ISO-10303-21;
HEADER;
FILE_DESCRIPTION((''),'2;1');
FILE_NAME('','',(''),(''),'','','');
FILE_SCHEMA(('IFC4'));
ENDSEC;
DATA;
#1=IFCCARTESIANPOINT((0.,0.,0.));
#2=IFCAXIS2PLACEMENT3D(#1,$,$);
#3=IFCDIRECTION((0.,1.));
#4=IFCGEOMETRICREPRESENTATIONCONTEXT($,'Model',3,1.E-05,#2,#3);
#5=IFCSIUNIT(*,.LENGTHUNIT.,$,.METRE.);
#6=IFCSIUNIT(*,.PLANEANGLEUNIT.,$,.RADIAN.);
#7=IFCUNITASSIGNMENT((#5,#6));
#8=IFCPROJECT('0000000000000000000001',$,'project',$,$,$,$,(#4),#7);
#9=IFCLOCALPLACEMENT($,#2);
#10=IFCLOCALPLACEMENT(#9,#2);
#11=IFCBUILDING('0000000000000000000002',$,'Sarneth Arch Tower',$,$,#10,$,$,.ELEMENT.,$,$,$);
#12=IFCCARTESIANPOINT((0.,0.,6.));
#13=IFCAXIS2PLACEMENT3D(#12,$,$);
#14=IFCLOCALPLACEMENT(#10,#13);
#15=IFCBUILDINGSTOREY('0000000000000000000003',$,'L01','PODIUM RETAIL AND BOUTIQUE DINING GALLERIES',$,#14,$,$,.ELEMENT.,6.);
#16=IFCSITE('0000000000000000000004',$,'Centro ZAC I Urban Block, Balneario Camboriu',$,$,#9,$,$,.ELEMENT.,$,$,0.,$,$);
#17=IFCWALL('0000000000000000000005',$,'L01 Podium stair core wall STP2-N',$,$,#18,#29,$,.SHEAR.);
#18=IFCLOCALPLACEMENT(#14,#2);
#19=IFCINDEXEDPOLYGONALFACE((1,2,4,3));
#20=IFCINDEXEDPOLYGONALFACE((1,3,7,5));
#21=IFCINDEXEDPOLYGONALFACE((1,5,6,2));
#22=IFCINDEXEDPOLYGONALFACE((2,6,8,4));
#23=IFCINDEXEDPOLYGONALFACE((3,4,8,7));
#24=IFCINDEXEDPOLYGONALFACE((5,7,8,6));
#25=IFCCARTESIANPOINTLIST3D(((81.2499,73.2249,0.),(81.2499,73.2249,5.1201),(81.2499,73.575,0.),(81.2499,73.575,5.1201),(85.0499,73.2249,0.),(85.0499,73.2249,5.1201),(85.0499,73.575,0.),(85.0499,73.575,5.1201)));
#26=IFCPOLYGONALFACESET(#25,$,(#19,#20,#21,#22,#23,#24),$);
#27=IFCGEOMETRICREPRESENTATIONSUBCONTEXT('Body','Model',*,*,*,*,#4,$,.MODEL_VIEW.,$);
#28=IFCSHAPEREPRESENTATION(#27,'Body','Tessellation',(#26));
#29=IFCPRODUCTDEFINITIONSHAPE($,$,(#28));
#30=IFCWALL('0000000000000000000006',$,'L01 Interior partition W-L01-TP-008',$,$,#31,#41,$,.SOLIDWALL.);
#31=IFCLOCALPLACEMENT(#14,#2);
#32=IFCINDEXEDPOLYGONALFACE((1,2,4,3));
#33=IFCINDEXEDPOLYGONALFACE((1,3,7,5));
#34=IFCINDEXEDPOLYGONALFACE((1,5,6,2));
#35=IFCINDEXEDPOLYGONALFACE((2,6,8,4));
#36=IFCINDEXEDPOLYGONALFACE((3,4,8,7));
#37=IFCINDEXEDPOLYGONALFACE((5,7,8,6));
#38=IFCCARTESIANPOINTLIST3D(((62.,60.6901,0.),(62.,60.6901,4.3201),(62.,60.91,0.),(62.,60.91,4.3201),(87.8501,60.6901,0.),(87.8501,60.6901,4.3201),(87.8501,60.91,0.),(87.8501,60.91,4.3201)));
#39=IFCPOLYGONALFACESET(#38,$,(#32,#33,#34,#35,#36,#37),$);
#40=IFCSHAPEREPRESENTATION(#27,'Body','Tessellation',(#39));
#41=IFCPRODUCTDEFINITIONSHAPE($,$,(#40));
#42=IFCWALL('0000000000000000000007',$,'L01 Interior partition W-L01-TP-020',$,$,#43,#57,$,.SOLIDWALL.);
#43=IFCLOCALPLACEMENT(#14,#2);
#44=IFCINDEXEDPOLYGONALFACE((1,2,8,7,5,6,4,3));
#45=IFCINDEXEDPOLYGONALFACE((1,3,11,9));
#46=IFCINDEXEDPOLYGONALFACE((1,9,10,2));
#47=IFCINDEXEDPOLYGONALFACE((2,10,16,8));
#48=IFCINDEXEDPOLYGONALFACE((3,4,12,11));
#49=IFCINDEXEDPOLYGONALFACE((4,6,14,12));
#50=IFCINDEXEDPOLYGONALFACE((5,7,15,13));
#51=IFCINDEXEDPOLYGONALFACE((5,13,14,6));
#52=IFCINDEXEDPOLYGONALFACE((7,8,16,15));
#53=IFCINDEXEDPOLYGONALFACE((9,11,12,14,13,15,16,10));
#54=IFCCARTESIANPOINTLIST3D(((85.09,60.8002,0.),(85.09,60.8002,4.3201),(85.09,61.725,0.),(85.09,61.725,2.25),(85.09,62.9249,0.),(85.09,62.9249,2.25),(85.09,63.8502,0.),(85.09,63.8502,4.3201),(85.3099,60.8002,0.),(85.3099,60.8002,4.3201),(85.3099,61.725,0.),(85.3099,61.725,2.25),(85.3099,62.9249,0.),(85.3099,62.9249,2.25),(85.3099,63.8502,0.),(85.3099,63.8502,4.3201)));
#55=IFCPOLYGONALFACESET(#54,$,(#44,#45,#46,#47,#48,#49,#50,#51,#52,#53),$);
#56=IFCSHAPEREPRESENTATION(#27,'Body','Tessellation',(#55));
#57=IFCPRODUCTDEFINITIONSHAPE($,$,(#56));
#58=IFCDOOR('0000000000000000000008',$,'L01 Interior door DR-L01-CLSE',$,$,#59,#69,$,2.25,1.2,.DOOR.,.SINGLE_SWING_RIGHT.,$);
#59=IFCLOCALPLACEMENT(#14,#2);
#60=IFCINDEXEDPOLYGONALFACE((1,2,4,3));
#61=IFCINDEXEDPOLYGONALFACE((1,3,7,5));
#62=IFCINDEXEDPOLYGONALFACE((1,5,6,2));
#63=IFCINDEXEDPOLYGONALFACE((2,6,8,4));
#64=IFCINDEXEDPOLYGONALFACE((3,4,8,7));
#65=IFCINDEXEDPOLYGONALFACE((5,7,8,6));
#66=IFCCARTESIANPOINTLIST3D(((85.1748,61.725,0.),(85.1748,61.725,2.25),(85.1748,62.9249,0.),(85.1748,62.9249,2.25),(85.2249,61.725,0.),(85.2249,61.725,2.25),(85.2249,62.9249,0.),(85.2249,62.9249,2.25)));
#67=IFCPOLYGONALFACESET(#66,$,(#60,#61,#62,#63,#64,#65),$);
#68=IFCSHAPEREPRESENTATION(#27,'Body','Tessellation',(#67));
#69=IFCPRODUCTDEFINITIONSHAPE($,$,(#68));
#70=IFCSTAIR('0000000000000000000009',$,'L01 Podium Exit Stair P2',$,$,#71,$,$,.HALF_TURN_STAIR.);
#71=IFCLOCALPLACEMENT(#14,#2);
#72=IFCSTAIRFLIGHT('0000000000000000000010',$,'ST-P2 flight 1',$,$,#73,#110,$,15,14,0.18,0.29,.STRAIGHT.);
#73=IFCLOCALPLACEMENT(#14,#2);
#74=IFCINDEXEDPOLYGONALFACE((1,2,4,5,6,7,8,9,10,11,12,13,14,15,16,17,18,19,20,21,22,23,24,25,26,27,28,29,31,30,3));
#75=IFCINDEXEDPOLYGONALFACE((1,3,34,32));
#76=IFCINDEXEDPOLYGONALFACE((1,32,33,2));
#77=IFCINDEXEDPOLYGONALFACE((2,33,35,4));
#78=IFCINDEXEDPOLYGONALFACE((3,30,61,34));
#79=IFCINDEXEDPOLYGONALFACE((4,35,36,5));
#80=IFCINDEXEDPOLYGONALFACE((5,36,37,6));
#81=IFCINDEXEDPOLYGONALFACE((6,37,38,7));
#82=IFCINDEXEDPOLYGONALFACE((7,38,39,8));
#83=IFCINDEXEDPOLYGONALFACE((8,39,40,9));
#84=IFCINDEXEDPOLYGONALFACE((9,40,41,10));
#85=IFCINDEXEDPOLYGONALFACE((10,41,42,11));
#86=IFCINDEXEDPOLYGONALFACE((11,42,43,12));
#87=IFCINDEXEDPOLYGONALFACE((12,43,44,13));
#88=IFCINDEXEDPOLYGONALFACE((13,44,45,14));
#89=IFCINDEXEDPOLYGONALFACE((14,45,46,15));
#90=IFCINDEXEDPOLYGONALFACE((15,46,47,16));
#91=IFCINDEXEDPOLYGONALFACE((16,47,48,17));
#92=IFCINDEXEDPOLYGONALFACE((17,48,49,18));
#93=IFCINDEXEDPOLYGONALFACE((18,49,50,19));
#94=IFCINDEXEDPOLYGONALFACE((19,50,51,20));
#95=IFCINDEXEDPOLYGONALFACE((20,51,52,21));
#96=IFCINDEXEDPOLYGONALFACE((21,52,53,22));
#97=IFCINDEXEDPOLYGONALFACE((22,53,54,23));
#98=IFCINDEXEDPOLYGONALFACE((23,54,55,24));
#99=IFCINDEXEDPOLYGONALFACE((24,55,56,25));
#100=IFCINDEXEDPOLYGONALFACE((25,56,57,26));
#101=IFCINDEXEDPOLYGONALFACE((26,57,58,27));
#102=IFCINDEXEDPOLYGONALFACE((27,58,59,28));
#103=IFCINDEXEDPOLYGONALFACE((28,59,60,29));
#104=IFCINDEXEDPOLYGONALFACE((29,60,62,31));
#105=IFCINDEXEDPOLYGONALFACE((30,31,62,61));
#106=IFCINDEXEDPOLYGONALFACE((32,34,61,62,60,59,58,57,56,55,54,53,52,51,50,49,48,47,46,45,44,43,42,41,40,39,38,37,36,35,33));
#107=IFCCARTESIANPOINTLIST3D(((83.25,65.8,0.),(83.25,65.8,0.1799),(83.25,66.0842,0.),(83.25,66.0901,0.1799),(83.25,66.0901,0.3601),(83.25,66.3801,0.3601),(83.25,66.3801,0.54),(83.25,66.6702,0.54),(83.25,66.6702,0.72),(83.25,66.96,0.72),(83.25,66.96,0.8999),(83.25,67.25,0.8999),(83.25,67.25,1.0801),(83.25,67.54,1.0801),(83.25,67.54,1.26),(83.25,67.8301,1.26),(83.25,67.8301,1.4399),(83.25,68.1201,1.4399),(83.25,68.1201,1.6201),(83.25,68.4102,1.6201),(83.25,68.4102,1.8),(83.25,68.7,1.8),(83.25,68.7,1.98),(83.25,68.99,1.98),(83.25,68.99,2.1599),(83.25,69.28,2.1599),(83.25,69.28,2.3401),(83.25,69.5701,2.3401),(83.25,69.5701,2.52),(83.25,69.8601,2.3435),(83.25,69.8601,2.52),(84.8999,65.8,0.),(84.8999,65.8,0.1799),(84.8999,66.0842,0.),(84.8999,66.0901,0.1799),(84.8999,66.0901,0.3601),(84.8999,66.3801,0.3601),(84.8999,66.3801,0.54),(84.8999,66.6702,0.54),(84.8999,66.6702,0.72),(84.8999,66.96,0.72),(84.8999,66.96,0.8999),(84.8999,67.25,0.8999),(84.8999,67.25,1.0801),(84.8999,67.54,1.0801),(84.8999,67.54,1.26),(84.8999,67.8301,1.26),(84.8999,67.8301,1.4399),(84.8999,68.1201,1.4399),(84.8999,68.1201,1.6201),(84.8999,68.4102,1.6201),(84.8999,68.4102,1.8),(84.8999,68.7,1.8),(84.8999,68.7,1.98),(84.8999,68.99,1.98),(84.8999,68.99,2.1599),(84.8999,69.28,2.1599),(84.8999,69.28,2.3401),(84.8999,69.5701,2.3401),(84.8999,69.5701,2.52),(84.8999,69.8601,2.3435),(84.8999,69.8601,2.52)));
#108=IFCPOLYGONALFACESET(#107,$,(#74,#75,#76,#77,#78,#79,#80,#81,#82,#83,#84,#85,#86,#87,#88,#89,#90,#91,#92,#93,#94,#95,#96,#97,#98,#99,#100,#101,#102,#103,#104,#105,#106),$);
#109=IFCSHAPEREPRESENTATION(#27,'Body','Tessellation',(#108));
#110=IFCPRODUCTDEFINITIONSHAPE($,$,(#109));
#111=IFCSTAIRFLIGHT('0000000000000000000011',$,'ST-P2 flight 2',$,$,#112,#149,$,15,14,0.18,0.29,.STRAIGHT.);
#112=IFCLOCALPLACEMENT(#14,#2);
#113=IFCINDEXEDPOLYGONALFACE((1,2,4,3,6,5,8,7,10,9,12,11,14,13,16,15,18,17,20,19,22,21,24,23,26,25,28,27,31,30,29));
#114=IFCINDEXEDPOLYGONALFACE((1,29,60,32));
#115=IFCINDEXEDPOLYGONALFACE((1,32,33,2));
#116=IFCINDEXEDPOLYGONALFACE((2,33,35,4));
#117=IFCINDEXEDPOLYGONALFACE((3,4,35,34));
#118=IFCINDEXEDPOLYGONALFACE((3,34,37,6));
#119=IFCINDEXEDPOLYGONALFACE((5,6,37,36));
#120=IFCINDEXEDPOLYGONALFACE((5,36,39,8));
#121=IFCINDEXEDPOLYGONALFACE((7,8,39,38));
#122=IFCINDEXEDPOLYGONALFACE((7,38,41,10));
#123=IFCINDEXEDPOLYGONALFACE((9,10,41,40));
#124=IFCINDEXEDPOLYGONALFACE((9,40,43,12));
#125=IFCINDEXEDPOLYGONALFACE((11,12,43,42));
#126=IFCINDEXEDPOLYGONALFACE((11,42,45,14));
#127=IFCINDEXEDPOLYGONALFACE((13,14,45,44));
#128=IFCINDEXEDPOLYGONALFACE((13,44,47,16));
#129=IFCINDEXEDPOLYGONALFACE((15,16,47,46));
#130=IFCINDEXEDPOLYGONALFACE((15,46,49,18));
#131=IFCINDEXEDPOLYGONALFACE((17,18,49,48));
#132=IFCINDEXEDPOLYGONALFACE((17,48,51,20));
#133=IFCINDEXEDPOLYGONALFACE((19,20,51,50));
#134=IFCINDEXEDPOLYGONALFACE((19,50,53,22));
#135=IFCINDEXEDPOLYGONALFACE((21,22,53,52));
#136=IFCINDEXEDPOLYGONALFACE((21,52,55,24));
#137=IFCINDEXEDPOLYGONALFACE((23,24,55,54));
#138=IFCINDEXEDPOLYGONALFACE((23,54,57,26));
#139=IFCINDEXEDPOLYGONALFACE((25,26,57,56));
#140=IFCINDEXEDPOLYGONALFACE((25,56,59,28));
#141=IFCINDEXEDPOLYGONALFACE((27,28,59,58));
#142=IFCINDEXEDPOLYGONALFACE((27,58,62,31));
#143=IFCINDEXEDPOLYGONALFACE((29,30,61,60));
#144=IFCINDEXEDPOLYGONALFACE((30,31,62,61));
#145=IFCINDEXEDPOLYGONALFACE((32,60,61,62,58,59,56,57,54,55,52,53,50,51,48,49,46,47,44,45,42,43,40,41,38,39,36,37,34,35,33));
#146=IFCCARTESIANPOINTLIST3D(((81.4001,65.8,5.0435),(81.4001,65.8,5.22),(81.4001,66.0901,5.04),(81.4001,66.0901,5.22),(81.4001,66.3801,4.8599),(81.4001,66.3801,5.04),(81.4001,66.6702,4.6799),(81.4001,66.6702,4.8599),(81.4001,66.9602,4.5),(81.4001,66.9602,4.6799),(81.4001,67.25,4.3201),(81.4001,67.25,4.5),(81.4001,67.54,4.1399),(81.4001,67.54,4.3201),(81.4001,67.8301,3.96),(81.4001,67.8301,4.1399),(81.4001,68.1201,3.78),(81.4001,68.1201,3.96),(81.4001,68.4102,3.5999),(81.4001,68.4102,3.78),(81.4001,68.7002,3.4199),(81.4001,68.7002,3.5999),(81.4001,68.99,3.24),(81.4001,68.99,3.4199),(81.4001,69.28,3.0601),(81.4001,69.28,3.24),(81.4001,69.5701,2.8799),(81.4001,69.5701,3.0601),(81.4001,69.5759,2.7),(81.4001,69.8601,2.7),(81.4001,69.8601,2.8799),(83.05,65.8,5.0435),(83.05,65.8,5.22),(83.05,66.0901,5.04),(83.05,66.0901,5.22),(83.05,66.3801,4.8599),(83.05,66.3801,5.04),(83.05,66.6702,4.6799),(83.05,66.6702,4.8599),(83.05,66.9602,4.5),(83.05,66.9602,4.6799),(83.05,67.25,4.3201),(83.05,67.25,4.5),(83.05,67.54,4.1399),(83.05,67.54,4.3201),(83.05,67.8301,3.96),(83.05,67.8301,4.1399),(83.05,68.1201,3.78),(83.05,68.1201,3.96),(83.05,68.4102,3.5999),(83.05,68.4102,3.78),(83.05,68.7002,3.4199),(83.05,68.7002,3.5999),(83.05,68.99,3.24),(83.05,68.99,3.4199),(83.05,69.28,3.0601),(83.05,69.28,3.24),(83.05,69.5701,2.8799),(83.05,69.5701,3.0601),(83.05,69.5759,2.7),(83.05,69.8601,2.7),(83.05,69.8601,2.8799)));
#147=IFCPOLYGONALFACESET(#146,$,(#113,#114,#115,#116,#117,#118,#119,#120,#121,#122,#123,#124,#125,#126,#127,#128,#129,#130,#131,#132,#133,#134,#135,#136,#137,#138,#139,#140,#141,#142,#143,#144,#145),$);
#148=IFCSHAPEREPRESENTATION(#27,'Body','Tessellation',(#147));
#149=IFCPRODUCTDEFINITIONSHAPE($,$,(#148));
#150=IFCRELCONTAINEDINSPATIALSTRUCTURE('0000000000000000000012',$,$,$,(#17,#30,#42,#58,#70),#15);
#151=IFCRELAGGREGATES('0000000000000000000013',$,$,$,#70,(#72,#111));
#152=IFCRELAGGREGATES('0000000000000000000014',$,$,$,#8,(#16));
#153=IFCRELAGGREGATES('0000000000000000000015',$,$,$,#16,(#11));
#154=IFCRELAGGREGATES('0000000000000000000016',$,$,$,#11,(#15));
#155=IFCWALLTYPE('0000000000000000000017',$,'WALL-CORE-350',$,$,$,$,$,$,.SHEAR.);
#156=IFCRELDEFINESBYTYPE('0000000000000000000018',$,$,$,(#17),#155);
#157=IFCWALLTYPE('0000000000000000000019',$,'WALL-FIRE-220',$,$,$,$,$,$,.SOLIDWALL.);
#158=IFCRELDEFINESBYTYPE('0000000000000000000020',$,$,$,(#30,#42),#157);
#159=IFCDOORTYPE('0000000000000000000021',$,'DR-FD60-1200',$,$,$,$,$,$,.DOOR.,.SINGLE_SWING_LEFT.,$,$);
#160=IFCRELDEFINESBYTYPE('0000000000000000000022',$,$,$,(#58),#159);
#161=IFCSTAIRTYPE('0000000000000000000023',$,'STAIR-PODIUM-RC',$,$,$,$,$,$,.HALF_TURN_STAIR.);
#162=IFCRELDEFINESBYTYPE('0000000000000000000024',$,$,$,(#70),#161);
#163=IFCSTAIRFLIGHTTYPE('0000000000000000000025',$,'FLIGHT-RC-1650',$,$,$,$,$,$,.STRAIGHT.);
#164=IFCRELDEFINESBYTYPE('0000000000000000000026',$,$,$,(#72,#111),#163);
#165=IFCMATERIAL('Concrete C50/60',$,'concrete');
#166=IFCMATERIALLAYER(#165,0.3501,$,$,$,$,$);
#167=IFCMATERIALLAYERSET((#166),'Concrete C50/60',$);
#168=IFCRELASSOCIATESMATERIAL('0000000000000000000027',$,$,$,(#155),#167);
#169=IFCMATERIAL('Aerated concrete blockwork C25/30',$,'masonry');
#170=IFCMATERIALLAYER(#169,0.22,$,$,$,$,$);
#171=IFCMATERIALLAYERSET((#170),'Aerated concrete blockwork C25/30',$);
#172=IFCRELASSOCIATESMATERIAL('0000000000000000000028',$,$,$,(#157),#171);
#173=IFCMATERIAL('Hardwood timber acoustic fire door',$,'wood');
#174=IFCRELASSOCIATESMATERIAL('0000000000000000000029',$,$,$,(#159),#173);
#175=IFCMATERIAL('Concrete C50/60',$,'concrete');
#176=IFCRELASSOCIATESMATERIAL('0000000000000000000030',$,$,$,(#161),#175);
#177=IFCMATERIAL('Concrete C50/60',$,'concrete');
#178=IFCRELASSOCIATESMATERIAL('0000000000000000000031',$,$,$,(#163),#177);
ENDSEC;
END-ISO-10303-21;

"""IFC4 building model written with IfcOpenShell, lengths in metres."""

from ifc_helpers import new_model, si_unit, direction, frame, frame_2d, origin, place, context, subcontext, project, spatial, polyline, rectangle, outline, extrude, material, layer, layer_set, type_object, element, fill, aggregate, save


model = new_model("IFC4")

# Units and contexts
model_context = context("Model", 3, precision=1e-05, world=origin(), true_north=direction((0.0, 1.0)))
body_context = subcontext(model_context, "Body", "Model", "MODEL_VIEW")
ifc_project = project(units=[si_unit("LENGTHUNIT", "METRE"), si_unit("PLANEANGLEUNIT", "RADIAN")], contexts=[model_context])

# Site, building, storey
site_placement = place(None, origin())
site = spatial("IfcSite", under=ifc_project, at=site_placement, Name="Centro ZAC I Urban Block, Balneario Camboriu", CompositionType="ELEMENT", RefElevation=0.0)
building_placement = place(site_placement, origin())
building = spatial("IfcBuilding", under=site, at=building_placement, Name="Sarneth Arch Tower", CompositionType="ELEMENT")
storey_placement = place(building_placement, frame((0.0, 0.0, 6.0)))
storey = spatial("IfcBuildingStorey", under=building, at=storey_placement, Name="L01", Description="PODIUM RETAIL AND BOUTIQUE DINING GALLERIES", CompositionType="ELEMENT", Elevation=6.0)

# Walls
ifc_material_1 = material(Name="Concrete C50/60", Category="concrete")
ifc_layer_1 = layer(ifc_material_1, 0.3501)
ifc_layer_set_1 = layer_set([ifc_layer_1], Name="Concrete C50/60")
wall_type_1 = type_object("IfcWallType", Name="WALL-CORE-350", PredefinedType="SHEAR", material=ifc_layer_set_1)
wall_1_placement = place(storey_placement, frame((81.25, 73.3999, 0.0), z_axis=(0.0, 0.0, 1.0), x_axis=(1.0, 0.0, 0.0)))
element("IfcWall", 1, at=wall_1_placement, inside=storey, type_object=wall_type_1, Name="L01 Podium stair core wall STP2-N", PredefinedType="SHEAR", context=body_context, shape_type="SweptSolid", body=[
    extrude(rectangle(XDim=3.8, YDim=0.3501, at=frame_2d((1.8999, 0.0))), origin(), (0.0, 0.0, 1.0), 5.1201),
])
ifc_material_2 = material(Name="Aerated concrete blockwork C25/30", Category="masonry")
ifc_layer_2 = layer(ifc_material_2, 0.22)
ifc_layer_set_2 = layer_set([ifc_layer_2], Name="Aerated concrete blockwork C25/30")
wall_type_2 = type_object("IfcWallType", Name="WALL-FIRE-220", PredefinedType="SOLIDWALL", material=ifc_layer_set_2)
wall_2_placement = place(storey_placement, frame((87.8501, 60.8, 0.0), z_axis=(0.0, 0.0, 1.0), x_axis=(-1.0, 0.0, 0.0)))
element("IfcWall", 2, at=wall_2_placement, inside=storey, type_object=wall_type_2, Name="L01 Interior partition W-L01-TP-008", PredefinedType="SOLIDWALL", context=body_context, shape_type="SweptSolid", body=[
    extrude(rectangle(XDim=25.8501, YDim=0.22, at=frame_2d((12.925, 0.0))), origin(), (0.0, 0.0, 1.0), 4.3201),
])

# Wall, opening, door
wall_3_placement = place(storey_placement, frame((85.2, 63.8501, 0.0), z_axis=(0.0, 0.0, 1.0), x_axis=(0.0, -1.0, 0.0)))
wall_3 = element("IfcWall", 3, at=wall_3_placement, inside=storey, type_object=wall_type_2, Name="L01 Interior partition W-L01-TP-020", PredefinedType="SOLIDWALL", context=body_context, shape_type="SweptSolid", body=[
    extrude(rectangle(XDim=3.05, YDim=0.22, at=frame_2d((1.5249, 0.0))), origin(), (0.0, 0.0, 1.0), 4.3201),
])
opening_1_placement = place(wall_3_placement, frame((0.925, 0.0, 0.0)))
opening_1 = element("IfcOpeningElement", 4, at=opening_1_placement, cuts=wall_3, PredefinedType="OPENING", context=body_context, shape_type="SweptSolid", body=[
    extrude(rectangle(XDim=1.2, YDim=2.25, at=frame_2d((0.6001, 1.125))), frame((0.0, 0.1199, 0.0), z_axis=(0.0, -1.0, 0.0), x_axis=(1.0, 0.0, 0.0)), (0.0, 0.0, 1.0), 0.24),
])
ifc_material_3 = material(Name="Hardwood timber acoustic fire door", Category="wood")
door_type_1 = type_object("IfcDoorType", Name="DR-FD60-1200", OperationType="SINGLE_SWING_LEFT", PredefinedType="DOOR", material=ifc_material_3)
door_1_placement = place(opening_1_placement, origin())
door_1 = element("IfcDoor", 5, at=door_1_placement, inside=storey, type_object=door_type_1, Name="L01 Interior door DR-L01-CLSE", OperationType="SINGLE_SWING_RIGHT", OverallHeight=2.25, OverallWidth=1.2, PredefinedType="DOOR", context=body_context, shape_type="SweptSolid", body=[
    extrude(rectangle(XDim=1.2, YDim=2.25, at=frame_2d((0.6001, 1.125))), frame((0.0, 0.0249, 0.0), z_axis=(0.0, -1.0, 0.0), x_axis=(1.0, 0.0, 0.0)), (0.0, 0.0, 1.0), 0.05),
])
fill(opening_1, door_1)

# Stair, stair flights
ifc_material_4 = material(Name="Concrete C50/60", Category="concrete")
stair_type = type_object("IfcStairType", Name="STAIR-PODIUM-RC", PredefinedType="HALF_TURN_STAIR", material=ifc_material_4)
stair_placement = place(storey_placement, origin())
stair = element("IfcStair", 6, at=stair_placement, inside=storey, type_object=stair_type, Name="L01 Podium Exit Stair P2", PredefinedType="HALF_TURN_STAIR")
ifc_material_5 = material(Name="Concrete C50/60", Category="concrete")
stair_flight_type = type_object("IfcStairFlightType", Name="FLIGHT-RC-1650", PredefinedType="STRAIGHT", material=ifc_material_5)
stair_flight_1_placement = place(storey_placement, frame((84.075, 65.8, 0.0), z_axis=(0.0, 0.0, 1.0), x_axis=(0.0, 1.0, 0.0)))
stair_flight_1 = element("IfcStairFlight", 7, at=stair_flight_1_placement, type_object=stair_flight_type, Name="ST-P2 flight 1", NumberOfRisers=15, NumberOfTreads=14, PredefinedType="STRAIGHT", RiserHeight=0.18, TreadLength=0.29, context=body_context, shape_type="SweptSolid", body=[
    extrude(outline(polyline([(0.0, 0.0), (0.0, 0.1799), (0.29, 0.1799), (0.29, 0.3601), (0.5801, 0.3601), (0.5801, 0.54), (0.8701, 0.54), (0.8701, 0.72), (1.1599, 0.72), (1.1599, 0.8999), (1.45, 0.8999), (1.45, 1.0801), (1.74, 1.0801), (1.74, 1.26), (2.03, 1.26), (2.03, 1.4399), (2.3201, 1.4399), (2.3201, 1.6201), (2.6101, 1.6201), (2.6101, 1.8), (2.8999, 1.8), (2.8999, 1.98), (3.1899, 1.98), (3.1899, 2.1599), (3.48, 2.1599), (3.48, 2.3401), (3.77, 2.3401), (3.77, 2.52), (4.0601, 2.52), (4.0601, 2.7), (4.0601, 2.3435), (0.2842, 0.0), (0.0, 0.0)])), frame((0.0, 0.825, 0.0), z_axis=(0.0, -1.0, 0.0), x_axis=(1.0, 0.0, 0.0)), (0.0, 0.0, 1.0), 1.6499),
])
stair_flight_2_placement = place(storey_placement, frame((82.2251, 69.8601, 2.7), z_axis=(0.0, 0.0, 1.0), x_axis=(0.0, -1.0, 0.0)))
stair_flight_2 = element("IfcStairFlight", 8, at=stair_flight_2_placement, type_object=stair_flight_type, Name="ST-P2 flight 2", NumberOfRisers=15, NumberOfTreads=14, PredefinedType="STRAIGHT", RiserHeight=0.18, TreadLength=0.29, context=body_context, shape_type="SweptSolid", body=[
    extrude(outline(polyline([(0.0, 0.0), (0.0, 0.1799), (0.29, 0.1799), (0.29, 0.3601), (0.5801, 0.3601), (0.5801, 0.54), (0.8701, 0.54), (0.8701, 0.72), (1.1599, 0.72), (1.1599, 0.8999), (1.45, 0.8999), (1.45, 1.0801), (1.74, 1.0801), (1.74, 1.26), (2.03, 1.26), (2.03, 1.4399), (2.3201, 1.4399), (2.3201, 1.6201), (2.6101, 1.6201), (2.6101, 1.8), (2.8999, 1.8), (2.8999, 1.98), (3.1899, 1.98), (3.1899, 2.1599), (3.48, 2.1599), (3.48, 2.3401), (3.77, 2.3401), (3.77, 2.52), (4.0601, 2.52), (4.0601, 2.7), (4.0601, 2.3435), (0.2842, 0.0), (0.0, 0.0)])), frame((0.0, 0.825, 0.0), z_axis=(0.0, -1.0, 0.0), x_axis=(1.0, 0.0, 0.0)), (0.0, 0.0, 1.0), 1.6499),
])
aggregate(stair, [stair_flight_1, stair_flight_2])

save(model, "model.ifc")
